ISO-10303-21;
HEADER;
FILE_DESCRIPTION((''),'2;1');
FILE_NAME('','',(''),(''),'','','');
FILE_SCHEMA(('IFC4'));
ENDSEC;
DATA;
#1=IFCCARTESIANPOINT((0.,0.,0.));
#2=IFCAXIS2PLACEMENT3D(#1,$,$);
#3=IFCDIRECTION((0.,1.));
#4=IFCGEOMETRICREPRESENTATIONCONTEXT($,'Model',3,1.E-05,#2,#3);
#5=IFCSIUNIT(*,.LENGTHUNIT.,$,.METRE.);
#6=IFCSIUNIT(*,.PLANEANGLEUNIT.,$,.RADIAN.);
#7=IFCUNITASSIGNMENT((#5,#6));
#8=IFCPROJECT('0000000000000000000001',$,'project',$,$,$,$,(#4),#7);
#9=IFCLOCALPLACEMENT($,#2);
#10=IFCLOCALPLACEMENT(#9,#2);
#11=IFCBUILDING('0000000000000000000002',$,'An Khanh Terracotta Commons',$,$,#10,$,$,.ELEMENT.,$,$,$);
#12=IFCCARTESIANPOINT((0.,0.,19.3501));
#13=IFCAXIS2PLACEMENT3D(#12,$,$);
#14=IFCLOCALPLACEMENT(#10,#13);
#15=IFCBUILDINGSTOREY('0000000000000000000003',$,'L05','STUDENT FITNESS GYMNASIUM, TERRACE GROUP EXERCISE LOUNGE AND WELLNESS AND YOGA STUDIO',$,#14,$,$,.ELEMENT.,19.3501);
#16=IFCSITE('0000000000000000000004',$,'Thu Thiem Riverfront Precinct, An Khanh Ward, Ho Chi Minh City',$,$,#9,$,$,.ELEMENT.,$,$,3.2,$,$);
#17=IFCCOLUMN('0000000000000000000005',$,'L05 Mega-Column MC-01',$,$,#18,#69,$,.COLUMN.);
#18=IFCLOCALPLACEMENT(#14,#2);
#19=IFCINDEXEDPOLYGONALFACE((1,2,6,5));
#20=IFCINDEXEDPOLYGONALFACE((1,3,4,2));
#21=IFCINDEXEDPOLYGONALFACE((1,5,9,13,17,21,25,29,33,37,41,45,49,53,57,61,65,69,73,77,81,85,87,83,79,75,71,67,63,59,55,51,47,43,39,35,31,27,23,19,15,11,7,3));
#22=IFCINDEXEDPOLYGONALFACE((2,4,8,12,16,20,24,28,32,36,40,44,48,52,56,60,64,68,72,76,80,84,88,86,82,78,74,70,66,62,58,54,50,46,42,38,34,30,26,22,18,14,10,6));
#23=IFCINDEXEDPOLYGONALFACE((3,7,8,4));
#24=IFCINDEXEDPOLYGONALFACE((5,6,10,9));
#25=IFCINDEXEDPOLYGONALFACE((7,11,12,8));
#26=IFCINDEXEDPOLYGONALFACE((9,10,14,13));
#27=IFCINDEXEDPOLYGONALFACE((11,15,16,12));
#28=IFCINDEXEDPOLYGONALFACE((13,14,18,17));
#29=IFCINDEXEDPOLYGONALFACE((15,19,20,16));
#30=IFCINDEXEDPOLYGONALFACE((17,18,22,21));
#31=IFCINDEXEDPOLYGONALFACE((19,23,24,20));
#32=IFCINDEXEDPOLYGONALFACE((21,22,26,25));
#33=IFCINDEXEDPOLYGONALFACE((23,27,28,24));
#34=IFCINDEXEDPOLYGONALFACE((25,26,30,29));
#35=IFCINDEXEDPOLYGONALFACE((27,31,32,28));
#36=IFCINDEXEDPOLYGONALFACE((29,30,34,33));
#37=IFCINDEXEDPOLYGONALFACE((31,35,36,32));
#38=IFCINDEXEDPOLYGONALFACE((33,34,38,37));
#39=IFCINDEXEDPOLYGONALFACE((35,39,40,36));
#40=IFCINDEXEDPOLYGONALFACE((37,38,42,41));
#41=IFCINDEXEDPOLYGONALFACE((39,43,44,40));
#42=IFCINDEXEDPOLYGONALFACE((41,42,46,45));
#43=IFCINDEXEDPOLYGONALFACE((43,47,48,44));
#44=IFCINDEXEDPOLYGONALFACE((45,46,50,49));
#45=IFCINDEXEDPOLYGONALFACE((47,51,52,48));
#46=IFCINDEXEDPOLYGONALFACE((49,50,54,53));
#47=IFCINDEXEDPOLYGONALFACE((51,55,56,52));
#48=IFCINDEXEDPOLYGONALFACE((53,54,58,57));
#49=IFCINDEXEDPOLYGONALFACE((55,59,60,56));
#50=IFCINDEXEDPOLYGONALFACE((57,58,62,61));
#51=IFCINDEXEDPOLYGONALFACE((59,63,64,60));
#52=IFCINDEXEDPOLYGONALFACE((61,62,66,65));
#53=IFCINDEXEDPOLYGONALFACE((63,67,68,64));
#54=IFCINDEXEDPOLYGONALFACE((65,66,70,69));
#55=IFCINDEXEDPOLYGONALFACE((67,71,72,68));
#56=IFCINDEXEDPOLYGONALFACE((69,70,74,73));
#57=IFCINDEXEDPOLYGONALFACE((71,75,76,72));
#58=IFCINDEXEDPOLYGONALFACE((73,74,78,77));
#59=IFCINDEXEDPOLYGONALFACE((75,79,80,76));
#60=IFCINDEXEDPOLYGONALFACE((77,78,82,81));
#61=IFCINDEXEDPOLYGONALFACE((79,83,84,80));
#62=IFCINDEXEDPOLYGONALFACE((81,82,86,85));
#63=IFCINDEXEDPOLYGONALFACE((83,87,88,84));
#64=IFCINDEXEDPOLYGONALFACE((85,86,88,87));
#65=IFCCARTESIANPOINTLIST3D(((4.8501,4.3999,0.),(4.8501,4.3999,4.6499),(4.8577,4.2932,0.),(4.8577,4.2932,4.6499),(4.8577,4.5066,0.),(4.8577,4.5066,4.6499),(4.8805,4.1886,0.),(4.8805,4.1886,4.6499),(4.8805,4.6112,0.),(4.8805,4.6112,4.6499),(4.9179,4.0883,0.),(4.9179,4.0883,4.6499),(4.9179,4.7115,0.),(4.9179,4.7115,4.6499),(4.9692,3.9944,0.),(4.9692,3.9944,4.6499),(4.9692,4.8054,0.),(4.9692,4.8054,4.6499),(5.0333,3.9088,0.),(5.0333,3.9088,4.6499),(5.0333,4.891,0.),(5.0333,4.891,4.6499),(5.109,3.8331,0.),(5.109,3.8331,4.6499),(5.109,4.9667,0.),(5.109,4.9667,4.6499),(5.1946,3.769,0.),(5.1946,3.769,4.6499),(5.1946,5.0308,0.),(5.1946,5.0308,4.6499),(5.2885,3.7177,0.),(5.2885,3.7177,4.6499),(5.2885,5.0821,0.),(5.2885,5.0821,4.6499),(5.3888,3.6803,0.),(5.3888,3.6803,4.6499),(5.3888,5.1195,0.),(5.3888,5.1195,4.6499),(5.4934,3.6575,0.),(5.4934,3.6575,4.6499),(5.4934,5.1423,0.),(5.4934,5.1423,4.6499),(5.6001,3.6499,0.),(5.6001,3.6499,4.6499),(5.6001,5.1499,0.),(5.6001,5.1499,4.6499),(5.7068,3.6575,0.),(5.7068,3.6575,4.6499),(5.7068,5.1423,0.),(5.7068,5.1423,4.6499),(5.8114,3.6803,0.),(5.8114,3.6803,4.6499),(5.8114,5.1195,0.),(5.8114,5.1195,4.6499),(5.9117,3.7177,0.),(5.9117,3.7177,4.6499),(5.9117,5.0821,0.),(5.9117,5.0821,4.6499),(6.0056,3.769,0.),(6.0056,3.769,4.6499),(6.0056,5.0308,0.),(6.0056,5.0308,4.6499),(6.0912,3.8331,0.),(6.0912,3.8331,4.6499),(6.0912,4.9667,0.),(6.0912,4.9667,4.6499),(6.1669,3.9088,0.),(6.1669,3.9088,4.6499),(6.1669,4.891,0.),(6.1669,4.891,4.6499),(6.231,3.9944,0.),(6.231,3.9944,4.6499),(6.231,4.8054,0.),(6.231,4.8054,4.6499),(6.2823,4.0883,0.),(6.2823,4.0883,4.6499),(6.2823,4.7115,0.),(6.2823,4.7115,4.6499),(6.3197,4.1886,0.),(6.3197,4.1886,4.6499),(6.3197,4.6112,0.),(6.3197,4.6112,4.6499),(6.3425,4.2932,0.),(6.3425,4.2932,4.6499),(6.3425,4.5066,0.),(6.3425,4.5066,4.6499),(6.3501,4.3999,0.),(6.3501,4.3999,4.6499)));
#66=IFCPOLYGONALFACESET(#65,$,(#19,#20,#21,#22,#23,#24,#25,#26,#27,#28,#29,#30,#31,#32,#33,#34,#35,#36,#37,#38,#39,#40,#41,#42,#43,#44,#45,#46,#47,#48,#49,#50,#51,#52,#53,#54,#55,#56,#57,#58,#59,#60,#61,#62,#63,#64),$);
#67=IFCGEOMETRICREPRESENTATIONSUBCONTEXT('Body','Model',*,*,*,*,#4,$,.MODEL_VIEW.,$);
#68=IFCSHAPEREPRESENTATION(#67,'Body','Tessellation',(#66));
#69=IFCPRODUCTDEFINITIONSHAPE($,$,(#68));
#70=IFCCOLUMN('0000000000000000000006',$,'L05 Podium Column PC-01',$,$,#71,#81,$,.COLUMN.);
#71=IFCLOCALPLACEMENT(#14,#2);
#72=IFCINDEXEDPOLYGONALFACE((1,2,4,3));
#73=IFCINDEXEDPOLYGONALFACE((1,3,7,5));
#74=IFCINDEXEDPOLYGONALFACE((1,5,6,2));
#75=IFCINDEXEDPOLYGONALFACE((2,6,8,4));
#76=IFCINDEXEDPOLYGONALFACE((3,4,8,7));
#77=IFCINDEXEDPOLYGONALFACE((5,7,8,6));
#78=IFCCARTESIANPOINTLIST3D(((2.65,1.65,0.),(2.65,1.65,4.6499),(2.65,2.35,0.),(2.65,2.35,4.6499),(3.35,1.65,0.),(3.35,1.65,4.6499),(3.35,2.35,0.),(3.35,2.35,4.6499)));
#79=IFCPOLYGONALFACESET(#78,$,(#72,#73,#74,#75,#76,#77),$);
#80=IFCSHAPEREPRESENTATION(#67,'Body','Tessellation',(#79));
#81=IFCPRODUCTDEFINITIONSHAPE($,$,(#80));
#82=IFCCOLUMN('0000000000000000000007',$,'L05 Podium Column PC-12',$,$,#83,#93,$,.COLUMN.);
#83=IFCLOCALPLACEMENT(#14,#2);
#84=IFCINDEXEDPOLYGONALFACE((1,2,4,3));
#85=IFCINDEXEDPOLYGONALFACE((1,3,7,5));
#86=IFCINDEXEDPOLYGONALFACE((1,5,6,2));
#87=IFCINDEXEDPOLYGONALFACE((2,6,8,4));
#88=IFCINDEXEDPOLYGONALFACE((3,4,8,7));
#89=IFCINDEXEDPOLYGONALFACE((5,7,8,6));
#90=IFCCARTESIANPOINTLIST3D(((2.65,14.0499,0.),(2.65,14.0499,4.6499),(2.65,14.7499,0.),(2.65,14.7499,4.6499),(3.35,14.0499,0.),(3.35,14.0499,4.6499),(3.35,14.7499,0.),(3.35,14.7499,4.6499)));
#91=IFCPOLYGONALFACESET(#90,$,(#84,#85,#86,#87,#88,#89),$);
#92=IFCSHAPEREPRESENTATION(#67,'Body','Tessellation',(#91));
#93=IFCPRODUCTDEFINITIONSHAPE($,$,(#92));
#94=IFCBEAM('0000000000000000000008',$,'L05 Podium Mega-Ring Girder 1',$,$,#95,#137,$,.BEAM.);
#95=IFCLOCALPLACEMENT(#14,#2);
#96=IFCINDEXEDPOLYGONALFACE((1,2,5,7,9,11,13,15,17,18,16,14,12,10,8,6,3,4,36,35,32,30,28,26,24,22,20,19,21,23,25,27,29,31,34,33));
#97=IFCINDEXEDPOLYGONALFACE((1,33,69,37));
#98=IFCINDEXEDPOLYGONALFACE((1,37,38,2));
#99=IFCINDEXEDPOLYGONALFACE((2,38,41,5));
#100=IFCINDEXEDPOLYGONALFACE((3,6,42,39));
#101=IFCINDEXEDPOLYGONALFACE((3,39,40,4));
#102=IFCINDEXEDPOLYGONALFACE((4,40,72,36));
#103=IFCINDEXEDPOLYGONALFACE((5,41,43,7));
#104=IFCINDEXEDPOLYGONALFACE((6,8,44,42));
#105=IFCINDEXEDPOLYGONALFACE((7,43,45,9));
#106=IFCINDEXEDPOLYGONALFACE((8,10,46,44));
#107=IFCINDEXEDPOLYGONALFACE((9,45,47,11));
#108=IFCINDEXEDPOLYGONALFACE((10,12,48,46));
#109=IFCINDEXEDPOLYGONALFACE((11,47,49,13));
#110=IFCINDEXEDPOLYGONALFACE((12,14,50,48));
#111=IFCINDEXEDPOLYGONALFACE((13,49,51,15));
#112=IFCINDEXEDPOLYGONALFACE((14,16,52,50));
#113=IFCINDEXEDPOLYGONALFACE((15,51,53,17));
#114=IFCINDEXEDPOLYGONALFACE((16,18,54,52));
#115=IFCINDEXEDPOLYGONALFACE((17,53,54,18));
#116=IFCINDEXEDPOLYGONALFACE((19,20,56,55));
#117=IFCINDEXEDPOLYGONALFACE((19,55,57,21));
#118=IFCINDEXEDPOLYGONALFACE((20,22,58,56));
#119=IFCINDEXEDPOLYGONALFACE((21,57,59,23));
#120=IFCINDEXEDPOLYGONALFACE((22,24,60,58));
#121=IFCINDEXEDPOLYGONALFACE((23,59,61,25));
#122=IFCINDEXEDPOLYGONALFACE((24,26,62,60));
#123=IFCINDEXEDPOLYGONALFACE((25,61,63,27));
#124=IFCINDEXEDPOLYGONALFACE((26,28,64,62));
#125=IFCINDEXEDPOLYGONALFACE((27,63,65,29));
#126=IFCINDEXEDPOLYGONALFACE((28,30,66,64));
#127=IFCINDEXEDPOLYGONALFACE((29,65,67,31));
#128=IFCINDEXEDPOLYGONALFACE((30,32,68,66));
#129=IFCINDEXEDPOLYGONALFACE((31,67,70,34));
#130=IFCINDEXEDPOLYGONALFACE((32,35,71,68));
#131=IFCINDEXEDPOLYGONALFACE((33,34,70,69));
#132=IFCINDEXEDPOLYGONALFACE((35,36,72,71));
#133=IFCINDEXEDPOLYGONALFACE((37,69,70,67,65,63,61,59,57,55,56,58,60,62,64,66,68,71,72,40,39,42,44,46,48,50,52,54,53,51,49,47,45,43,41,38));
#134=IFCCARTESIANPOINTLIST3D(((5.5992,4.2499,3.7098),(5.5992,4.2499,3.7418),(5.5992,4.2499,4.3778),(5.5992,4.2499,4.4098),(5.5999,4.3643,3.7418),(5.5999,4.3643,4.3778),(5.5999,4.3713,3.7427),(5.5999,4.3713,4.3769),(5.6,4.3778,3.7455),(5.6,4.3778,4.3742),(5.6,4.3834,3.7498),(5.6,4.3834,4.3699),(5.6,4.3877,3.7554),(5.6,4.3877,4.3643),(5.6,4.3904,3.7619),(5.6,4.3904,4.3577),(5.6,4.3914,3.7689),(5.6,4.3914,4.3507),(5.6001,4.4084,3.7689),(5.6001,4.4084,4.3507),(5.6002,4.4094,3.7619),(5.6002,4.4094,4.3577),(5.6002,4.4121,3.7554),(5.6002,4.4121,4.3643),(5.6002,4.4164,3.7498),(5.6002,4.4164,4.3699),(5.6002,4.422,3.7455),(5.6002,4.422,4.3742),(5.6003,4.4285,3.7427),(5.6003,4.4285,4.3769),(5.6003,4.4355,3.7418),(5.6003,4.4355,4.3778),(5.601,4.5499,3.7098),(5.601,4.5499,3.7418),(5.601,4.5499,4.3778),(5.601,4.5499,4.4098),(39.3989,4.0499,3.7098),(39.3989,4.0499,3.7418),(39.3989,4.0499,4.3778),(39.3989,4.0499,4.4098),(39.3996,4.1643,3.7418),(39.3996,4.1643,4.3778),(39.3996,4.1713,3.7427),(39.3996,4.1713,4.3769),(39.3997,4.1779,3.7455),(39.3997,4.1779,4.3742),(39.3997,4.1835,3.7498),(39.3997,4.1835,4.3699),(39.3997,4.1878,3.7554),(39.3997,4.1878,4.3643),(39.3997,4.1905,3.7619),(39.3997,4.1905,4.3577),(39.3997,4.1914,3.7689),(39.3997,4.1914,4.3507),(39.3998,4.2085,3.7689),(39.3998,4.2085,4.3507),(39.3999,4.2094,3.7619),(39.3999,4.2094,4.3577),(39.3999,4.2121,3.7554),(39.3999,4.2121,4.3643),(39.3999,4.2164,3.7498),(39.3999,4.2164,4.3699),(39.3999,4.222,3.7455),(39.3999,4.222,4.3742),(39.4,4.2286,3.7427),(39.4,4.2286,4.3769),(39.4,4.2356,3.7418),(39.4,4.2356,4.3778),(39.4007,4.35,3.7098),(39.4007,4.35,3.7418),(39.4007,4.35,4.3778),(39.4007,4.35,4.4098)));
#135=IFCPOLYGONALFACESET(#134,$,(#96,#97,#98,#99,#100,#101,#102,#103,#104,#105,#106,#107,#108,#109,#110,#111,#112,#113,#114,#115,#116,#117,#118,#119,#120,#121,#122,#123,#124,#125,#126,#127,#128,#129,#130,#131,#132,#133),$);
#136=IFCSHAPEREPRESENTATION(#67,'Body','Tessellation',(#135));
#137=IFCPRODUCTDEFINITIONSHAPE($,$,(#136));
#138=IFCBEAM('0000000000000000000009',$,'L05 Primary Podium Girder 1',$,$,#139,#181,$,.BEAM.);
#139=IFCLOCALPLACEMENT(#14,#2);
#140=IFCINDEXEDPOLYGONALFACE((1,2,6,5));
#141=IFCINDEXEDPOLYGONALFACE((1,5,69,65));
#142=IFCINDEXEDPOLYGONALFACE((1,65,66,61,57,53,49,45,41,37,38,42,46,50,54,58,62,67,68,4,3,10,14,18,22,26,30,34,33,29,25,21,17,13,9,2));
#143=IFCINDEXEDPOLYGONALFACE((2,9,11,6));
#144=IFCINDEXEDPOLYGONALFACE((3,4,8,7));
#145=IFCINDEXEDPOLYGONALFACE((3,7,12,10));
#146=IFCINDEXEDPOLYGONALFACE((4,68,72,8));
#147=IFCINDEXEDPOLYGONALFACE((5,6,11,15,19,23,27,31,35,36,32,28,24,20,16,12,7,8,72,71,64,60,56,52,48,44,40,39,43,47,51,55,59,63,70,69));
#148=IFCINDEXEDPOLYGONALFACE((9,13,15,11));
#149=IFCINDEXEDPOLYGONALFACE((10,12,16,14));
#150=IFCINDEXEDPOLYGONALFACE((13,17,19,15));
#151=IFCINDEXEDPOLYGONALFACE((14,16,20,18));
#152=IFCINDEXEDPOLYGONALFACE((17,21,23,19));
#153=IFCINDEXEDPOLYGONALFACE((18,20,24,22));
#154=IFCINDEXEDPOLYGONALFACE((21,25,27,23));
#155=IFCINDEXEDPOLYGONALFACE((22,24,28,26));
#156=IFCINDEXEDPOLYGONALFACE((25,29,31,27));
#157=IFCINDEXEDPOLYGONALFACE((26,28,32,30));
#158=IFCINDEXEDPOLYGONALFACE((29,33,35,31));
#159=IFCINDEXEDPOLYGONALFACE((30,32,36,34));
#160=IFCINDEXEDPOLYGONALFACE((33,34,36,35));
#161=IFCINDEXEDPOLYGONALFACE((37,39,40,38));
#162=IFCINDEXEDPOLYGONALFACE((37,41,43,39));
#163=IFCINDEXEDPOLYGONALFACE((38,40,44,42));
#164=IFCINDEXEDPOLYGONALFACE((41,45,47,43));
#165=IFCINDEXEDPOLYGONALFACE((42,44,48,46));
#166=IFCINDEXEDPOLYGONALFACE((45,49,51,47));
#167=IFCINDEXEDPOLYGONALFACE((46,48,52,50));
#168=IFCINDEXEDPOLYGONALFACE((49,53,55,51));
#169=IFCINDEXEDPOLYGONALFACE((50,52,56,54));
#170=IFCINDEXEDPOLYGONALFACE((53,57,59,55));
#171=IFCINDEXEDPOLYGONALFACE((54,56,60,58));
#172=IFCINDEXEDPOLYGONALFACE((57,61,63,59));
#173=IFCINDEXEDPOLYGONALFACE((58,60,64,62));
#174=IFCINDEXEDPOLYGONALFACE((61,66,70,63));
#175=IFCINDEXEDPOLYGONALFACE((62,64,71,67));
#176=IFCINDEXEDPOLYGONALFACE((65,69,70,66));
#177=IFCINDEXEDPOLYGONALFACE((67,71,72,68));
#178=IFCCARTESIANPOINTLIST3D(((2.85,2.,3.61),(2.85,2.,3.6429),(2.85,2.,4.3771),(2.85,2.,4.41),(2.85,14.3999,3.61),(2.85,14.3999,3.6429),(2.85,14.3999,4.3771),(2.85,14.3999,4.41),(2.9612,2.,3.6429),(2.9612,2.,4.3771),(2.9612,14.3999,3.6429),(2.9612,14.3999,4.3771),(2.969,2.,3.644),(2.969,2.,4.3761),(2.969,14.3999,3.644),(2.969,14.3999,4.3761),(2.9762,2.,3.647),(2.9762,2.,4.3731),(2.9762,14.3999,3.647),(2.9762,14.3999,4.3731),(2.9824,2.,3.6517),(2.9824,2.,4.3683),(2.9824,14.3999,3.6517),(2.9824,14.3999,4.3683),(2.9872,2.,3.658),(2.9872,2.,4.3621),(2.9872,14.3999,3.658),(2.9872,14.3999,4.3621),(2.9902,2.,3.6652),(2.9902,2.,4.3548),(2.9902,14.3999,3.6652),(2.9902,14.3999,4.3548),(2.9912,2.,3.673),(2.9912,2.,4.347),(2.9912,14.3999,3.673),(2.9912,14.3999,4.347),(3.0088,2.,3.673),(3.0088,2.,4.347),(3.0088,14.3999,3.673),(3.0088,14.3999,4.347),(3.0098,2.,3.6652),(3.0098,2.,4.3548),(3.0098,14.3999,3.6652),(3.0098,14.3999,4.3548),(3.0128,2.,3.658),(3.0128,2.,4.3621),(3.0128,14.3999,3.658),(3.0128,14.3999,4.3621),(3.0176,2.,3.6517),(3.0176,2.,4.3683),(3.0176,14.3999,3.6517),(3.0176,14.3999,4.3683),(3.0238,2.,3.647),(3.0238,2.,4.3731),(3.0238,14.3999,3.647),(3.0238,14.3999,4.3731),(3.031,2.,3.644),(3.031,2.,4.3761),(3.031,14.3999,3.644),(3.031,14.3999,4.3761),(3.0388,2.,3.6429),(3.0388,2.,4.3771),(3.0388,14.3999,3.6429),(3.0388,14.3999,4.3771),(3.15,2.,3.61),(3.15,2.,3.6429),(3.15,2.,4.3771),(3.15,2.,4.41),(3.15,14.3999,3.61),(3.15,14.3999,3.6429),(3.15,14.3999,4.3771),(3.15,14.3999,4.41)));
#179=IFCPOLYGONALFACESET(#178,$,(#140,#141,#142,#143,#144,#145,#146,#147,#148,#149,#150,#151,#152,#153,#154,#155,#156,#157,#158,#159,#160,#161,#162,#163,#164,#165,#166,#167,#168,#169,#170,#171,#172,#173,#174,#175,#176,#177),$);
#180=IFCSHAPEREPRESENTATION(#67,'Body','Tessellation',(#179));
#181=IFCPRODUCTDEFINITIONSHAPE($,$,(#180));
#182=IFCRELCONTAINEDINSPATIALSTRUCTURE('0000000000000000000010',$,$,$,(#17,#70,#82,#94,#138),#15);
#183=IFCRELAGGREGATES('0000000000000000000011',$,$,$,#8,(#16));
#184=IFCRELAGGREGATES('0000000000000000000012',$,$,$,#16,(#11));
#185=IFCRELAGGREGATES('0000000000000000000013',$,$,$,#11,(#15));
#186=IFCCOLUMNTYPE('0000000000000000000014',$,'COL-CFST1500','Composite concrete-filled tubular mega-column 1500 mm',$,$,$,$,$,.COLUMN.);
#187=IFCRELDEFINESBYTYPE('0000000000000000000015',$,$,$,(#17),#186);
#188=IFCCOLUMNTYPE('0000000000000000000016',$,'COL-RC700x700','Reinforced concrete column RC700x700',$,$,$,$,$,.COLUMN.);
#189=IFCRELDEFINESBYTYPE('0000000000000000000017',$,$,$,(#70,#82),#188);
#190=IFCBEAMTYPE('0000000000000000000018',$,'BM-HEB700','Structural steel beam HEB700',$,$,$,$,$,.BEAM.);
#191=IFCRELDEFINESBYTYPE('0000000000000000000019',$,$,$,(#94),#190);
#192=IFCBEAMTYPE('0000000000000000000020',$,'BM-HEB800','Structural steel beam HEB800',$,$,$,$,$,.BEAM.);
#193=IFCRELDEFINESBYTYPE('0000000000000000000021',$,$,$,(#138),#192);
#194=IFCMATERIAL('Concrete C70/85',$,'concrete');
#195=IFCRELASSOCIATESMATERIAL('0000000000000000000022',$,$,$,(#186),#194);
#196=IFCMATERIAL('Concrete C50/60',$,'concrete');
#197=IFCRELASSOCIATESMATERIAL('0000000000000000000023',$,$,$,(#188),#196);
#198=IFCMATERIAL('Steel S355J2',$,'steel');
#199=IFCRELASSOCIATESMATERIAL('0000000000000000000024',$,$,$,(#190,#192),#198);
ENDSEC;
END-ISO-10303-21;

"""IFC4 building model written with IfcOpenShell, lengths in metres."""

from ifc_helpers import new_model, si_unit, direction, frame, origin, origin_2d, place, context, subcontext, project, spatial, rectangle, circle, i_section, extrude, material, material_profile, profile_set, type_object, element, save


model = new_model("IFC4")

# Units and contexts
model_context = context("Model", 3, precision=1e-05, world=origin(), true_north=direction((0.0, 1.0)))
body_context = subcontext(model_context, "Body", "Model", "MODEL_VIEW")
ifc_project = project(units=[si_unit("LENGTHUNIT", "METRE"), si_unit("PLANEANGLEUNIT", "RADIAN")], contexts=[model_context])

# Site, building, storey
site_placement = place(None, origin())
site = spatial("IfcSite", under=ifc_project, at=site_placement, Name="Thu Thiem Riverfront Precinct, An Khanh Ward, Ho Chi Minh City", CompositionType="ELEMENT", RefElevation=3.2)
building_placement = place(site_placement, origin())
building = spatial("IfcBuilding", under=site, at=building_placement, Name="An Khanh Terracotta Commons", CompositionType="ELEMENT")
storey_placement = place(building_placement, frame((0.0, 0.0, 19.3501)))
storey = spatial("IfcBuildingStorey", under=building, at=storey_placement, Name="L05", Description="STUDENT FITNESS GYMNASIUM, TERRACE GROUP EXERCISE LOUNGE AND WELLNESS AND YOGA STUDIO", CompositionType="ELEMENT", Elevation=19.3501)

# Columns
ifc_material_1 = material(Name="Concrete C70/85", Category="concrete")
ifc_material_profile_1 = material_profile(ifc_material_1, circle(Radius=0.75, at=origin_2d()), Name="CFST1500")
ifc_profile_set_1 = profile_set([ifc_material_profile_1], Name="Concrete C70/85")
column_type_1 = type_object("IfcColumnType", Name="COL-CFST1500", Description="Composite concrete-filled tubular mega-column 1500 mm", PredefinedType="COLUMN", material=ifc_profile_set_1)
column_placement = place(storey_placement, frame((5.6001, 4.3999, 0.0), z_axis=(0.0, 0.0, 1.0), x_axis=(1.0, 0.0, 0.0)))
element("IfcColumn", 1, at=column_placement, inside=storey, type_object=column_type_1, Name="L05 Mega-Column MC-01", PredefinedType="COLUMN", context=body_context, shape_type="SweptSolid", body=[
    extrude(circle(Radius=0.75, at=origin_2d()), origin(), (0.0, 0.0, 1.0), 4.6499),
])
ifc_material_2 = material(Name="Concrete C50/60", Category="concrete")
ifc_material_profile_2 = material_profile(ifc_material_2, rectangle(XDim=0.7, YDim=0.7, at=origin_2d()), Name="RC700x700")
ifc_profile_set_2 = profile_set([ifc_material_profile_2], Name="Concrete C50/60")
column_type_2 = type_object("IfcColumnType", Name="COL-RC700x700", Description="Reinforced concrete column RC700x700", PredefinedType="COLUMN", material=ifc_profile_set_2)
for number, where, z_axis, x_axis, name in (
    (2, (3.0, 2.0, 0.0), (0.0, 0.0, 1.0), (1.0, 0.0, 0.0), "L05 Podium Column PC-01"),
    (3, (3.0, 14.3999, 0.0), (0.0, 0.0, 1.0), (1.0, 0.0, 0.0), "L05 Podium Column PC-12"),
):
    element("IfcColumn", number, at=place(storey_placement, frame(where, z_axis=z_axis, x_axis=x_axis)), inside=storey, type_object=column_type_2, Name=name, PredefinedType="COLUMN", context=body_context, shape_type="SweptSolid", body=[
        extrude(rectangle(XDim=0.7, YDim=0.7, at=origin_2d()), origin(), (0.0, 0.0, 1.0), 4.6499),
    ])

# Beams
ifc_material_3 = material(Name="Steel S355J2", Category="steel")
ifc_material_profile_3 = material_profile(ifc_material_3, i_section(OverallWidth=0.3, OverallDepth=0.7, WebThickness=0.0171, FlangeThickness=0.032, FilletRadius=0.0271, at=origin_2d()), Name="HEB700")
ifc_profile_set_3 = profile_set([ifc_material_profile_3], Name="Steel S355J2")
beam_type_1 = type_object("IfcBeamType", Name="BM-HEB700", Description="Structural steel beam HEB700", PredefinedType="BEAM", material=ifc_profile_set_3)
beam_1_placement = place(storey_placement, frame((5.6001, 4.3999, 4.0598), z_axis=(0.999983, -0.005916, 0.0), x_axis=(0.005916, 0.999983, 0.0)))
element("IfcBeam", 4, at=beam_1_placement, inside=storey, type_object=beam_type_1, Name="L05 Podium Mega-Ring Girder 1", PredefinedType="BEAM", context=body_context, shape_type="SweptSolid", body=[
    extrude(i_section(OverallWidth=0.3, OverallDepth=0.7, WebThickness=0.0171, FlangeThickness=0.032, FilletRadius=0.0271, at=origin_2d()), origin(), (0.0, 0.0, 1.0), 33.8003),
])
ifc_material_profile_4 = material_profile(ifc_material_3, i_section(OverallWidth=0.3, OverallDepth=0.8, WebThickness=0.0176, FlangeThickness=0.033, FilletRadius=0.03, at=origin_2d()), Name="HEB800")
ifc_profile_set_4 = profile_set([ifc_material_profile_4], Name="Steel S355J2")
beam_type_2 = type_object("IfcBeamType", Name="BM-HEB800", Description="Structural steel beam HEB800", PredefinedType="BEAM", material=ifc_profile_set_4)
beam_2_placement = place(storey_placement, frame((3.0, 2.0, 4.01), z_axis=(0.0, 1.0, 0.0), x_axis=(-1.0, 0.0, 0.0)))
element("IfcBeam", 5, at=beam_2_placement, inside=storey, type_object=beam_type_2, Name="L05 Primary Podium Girder 1", PredefinedType="BEAM", context=body_context, shape_type="SweptSolid", body=[
    extrude(i_section(OverallWidth=0.3, OverallDepth=0.8, WebThickness=0.0176, FlangeThickness=0.033, FilletRadius=0.03, at=origin_2d()), origin(), (0.0, 0.0, 1.0), 12.3999),
])

save(model, "model.ifc")
